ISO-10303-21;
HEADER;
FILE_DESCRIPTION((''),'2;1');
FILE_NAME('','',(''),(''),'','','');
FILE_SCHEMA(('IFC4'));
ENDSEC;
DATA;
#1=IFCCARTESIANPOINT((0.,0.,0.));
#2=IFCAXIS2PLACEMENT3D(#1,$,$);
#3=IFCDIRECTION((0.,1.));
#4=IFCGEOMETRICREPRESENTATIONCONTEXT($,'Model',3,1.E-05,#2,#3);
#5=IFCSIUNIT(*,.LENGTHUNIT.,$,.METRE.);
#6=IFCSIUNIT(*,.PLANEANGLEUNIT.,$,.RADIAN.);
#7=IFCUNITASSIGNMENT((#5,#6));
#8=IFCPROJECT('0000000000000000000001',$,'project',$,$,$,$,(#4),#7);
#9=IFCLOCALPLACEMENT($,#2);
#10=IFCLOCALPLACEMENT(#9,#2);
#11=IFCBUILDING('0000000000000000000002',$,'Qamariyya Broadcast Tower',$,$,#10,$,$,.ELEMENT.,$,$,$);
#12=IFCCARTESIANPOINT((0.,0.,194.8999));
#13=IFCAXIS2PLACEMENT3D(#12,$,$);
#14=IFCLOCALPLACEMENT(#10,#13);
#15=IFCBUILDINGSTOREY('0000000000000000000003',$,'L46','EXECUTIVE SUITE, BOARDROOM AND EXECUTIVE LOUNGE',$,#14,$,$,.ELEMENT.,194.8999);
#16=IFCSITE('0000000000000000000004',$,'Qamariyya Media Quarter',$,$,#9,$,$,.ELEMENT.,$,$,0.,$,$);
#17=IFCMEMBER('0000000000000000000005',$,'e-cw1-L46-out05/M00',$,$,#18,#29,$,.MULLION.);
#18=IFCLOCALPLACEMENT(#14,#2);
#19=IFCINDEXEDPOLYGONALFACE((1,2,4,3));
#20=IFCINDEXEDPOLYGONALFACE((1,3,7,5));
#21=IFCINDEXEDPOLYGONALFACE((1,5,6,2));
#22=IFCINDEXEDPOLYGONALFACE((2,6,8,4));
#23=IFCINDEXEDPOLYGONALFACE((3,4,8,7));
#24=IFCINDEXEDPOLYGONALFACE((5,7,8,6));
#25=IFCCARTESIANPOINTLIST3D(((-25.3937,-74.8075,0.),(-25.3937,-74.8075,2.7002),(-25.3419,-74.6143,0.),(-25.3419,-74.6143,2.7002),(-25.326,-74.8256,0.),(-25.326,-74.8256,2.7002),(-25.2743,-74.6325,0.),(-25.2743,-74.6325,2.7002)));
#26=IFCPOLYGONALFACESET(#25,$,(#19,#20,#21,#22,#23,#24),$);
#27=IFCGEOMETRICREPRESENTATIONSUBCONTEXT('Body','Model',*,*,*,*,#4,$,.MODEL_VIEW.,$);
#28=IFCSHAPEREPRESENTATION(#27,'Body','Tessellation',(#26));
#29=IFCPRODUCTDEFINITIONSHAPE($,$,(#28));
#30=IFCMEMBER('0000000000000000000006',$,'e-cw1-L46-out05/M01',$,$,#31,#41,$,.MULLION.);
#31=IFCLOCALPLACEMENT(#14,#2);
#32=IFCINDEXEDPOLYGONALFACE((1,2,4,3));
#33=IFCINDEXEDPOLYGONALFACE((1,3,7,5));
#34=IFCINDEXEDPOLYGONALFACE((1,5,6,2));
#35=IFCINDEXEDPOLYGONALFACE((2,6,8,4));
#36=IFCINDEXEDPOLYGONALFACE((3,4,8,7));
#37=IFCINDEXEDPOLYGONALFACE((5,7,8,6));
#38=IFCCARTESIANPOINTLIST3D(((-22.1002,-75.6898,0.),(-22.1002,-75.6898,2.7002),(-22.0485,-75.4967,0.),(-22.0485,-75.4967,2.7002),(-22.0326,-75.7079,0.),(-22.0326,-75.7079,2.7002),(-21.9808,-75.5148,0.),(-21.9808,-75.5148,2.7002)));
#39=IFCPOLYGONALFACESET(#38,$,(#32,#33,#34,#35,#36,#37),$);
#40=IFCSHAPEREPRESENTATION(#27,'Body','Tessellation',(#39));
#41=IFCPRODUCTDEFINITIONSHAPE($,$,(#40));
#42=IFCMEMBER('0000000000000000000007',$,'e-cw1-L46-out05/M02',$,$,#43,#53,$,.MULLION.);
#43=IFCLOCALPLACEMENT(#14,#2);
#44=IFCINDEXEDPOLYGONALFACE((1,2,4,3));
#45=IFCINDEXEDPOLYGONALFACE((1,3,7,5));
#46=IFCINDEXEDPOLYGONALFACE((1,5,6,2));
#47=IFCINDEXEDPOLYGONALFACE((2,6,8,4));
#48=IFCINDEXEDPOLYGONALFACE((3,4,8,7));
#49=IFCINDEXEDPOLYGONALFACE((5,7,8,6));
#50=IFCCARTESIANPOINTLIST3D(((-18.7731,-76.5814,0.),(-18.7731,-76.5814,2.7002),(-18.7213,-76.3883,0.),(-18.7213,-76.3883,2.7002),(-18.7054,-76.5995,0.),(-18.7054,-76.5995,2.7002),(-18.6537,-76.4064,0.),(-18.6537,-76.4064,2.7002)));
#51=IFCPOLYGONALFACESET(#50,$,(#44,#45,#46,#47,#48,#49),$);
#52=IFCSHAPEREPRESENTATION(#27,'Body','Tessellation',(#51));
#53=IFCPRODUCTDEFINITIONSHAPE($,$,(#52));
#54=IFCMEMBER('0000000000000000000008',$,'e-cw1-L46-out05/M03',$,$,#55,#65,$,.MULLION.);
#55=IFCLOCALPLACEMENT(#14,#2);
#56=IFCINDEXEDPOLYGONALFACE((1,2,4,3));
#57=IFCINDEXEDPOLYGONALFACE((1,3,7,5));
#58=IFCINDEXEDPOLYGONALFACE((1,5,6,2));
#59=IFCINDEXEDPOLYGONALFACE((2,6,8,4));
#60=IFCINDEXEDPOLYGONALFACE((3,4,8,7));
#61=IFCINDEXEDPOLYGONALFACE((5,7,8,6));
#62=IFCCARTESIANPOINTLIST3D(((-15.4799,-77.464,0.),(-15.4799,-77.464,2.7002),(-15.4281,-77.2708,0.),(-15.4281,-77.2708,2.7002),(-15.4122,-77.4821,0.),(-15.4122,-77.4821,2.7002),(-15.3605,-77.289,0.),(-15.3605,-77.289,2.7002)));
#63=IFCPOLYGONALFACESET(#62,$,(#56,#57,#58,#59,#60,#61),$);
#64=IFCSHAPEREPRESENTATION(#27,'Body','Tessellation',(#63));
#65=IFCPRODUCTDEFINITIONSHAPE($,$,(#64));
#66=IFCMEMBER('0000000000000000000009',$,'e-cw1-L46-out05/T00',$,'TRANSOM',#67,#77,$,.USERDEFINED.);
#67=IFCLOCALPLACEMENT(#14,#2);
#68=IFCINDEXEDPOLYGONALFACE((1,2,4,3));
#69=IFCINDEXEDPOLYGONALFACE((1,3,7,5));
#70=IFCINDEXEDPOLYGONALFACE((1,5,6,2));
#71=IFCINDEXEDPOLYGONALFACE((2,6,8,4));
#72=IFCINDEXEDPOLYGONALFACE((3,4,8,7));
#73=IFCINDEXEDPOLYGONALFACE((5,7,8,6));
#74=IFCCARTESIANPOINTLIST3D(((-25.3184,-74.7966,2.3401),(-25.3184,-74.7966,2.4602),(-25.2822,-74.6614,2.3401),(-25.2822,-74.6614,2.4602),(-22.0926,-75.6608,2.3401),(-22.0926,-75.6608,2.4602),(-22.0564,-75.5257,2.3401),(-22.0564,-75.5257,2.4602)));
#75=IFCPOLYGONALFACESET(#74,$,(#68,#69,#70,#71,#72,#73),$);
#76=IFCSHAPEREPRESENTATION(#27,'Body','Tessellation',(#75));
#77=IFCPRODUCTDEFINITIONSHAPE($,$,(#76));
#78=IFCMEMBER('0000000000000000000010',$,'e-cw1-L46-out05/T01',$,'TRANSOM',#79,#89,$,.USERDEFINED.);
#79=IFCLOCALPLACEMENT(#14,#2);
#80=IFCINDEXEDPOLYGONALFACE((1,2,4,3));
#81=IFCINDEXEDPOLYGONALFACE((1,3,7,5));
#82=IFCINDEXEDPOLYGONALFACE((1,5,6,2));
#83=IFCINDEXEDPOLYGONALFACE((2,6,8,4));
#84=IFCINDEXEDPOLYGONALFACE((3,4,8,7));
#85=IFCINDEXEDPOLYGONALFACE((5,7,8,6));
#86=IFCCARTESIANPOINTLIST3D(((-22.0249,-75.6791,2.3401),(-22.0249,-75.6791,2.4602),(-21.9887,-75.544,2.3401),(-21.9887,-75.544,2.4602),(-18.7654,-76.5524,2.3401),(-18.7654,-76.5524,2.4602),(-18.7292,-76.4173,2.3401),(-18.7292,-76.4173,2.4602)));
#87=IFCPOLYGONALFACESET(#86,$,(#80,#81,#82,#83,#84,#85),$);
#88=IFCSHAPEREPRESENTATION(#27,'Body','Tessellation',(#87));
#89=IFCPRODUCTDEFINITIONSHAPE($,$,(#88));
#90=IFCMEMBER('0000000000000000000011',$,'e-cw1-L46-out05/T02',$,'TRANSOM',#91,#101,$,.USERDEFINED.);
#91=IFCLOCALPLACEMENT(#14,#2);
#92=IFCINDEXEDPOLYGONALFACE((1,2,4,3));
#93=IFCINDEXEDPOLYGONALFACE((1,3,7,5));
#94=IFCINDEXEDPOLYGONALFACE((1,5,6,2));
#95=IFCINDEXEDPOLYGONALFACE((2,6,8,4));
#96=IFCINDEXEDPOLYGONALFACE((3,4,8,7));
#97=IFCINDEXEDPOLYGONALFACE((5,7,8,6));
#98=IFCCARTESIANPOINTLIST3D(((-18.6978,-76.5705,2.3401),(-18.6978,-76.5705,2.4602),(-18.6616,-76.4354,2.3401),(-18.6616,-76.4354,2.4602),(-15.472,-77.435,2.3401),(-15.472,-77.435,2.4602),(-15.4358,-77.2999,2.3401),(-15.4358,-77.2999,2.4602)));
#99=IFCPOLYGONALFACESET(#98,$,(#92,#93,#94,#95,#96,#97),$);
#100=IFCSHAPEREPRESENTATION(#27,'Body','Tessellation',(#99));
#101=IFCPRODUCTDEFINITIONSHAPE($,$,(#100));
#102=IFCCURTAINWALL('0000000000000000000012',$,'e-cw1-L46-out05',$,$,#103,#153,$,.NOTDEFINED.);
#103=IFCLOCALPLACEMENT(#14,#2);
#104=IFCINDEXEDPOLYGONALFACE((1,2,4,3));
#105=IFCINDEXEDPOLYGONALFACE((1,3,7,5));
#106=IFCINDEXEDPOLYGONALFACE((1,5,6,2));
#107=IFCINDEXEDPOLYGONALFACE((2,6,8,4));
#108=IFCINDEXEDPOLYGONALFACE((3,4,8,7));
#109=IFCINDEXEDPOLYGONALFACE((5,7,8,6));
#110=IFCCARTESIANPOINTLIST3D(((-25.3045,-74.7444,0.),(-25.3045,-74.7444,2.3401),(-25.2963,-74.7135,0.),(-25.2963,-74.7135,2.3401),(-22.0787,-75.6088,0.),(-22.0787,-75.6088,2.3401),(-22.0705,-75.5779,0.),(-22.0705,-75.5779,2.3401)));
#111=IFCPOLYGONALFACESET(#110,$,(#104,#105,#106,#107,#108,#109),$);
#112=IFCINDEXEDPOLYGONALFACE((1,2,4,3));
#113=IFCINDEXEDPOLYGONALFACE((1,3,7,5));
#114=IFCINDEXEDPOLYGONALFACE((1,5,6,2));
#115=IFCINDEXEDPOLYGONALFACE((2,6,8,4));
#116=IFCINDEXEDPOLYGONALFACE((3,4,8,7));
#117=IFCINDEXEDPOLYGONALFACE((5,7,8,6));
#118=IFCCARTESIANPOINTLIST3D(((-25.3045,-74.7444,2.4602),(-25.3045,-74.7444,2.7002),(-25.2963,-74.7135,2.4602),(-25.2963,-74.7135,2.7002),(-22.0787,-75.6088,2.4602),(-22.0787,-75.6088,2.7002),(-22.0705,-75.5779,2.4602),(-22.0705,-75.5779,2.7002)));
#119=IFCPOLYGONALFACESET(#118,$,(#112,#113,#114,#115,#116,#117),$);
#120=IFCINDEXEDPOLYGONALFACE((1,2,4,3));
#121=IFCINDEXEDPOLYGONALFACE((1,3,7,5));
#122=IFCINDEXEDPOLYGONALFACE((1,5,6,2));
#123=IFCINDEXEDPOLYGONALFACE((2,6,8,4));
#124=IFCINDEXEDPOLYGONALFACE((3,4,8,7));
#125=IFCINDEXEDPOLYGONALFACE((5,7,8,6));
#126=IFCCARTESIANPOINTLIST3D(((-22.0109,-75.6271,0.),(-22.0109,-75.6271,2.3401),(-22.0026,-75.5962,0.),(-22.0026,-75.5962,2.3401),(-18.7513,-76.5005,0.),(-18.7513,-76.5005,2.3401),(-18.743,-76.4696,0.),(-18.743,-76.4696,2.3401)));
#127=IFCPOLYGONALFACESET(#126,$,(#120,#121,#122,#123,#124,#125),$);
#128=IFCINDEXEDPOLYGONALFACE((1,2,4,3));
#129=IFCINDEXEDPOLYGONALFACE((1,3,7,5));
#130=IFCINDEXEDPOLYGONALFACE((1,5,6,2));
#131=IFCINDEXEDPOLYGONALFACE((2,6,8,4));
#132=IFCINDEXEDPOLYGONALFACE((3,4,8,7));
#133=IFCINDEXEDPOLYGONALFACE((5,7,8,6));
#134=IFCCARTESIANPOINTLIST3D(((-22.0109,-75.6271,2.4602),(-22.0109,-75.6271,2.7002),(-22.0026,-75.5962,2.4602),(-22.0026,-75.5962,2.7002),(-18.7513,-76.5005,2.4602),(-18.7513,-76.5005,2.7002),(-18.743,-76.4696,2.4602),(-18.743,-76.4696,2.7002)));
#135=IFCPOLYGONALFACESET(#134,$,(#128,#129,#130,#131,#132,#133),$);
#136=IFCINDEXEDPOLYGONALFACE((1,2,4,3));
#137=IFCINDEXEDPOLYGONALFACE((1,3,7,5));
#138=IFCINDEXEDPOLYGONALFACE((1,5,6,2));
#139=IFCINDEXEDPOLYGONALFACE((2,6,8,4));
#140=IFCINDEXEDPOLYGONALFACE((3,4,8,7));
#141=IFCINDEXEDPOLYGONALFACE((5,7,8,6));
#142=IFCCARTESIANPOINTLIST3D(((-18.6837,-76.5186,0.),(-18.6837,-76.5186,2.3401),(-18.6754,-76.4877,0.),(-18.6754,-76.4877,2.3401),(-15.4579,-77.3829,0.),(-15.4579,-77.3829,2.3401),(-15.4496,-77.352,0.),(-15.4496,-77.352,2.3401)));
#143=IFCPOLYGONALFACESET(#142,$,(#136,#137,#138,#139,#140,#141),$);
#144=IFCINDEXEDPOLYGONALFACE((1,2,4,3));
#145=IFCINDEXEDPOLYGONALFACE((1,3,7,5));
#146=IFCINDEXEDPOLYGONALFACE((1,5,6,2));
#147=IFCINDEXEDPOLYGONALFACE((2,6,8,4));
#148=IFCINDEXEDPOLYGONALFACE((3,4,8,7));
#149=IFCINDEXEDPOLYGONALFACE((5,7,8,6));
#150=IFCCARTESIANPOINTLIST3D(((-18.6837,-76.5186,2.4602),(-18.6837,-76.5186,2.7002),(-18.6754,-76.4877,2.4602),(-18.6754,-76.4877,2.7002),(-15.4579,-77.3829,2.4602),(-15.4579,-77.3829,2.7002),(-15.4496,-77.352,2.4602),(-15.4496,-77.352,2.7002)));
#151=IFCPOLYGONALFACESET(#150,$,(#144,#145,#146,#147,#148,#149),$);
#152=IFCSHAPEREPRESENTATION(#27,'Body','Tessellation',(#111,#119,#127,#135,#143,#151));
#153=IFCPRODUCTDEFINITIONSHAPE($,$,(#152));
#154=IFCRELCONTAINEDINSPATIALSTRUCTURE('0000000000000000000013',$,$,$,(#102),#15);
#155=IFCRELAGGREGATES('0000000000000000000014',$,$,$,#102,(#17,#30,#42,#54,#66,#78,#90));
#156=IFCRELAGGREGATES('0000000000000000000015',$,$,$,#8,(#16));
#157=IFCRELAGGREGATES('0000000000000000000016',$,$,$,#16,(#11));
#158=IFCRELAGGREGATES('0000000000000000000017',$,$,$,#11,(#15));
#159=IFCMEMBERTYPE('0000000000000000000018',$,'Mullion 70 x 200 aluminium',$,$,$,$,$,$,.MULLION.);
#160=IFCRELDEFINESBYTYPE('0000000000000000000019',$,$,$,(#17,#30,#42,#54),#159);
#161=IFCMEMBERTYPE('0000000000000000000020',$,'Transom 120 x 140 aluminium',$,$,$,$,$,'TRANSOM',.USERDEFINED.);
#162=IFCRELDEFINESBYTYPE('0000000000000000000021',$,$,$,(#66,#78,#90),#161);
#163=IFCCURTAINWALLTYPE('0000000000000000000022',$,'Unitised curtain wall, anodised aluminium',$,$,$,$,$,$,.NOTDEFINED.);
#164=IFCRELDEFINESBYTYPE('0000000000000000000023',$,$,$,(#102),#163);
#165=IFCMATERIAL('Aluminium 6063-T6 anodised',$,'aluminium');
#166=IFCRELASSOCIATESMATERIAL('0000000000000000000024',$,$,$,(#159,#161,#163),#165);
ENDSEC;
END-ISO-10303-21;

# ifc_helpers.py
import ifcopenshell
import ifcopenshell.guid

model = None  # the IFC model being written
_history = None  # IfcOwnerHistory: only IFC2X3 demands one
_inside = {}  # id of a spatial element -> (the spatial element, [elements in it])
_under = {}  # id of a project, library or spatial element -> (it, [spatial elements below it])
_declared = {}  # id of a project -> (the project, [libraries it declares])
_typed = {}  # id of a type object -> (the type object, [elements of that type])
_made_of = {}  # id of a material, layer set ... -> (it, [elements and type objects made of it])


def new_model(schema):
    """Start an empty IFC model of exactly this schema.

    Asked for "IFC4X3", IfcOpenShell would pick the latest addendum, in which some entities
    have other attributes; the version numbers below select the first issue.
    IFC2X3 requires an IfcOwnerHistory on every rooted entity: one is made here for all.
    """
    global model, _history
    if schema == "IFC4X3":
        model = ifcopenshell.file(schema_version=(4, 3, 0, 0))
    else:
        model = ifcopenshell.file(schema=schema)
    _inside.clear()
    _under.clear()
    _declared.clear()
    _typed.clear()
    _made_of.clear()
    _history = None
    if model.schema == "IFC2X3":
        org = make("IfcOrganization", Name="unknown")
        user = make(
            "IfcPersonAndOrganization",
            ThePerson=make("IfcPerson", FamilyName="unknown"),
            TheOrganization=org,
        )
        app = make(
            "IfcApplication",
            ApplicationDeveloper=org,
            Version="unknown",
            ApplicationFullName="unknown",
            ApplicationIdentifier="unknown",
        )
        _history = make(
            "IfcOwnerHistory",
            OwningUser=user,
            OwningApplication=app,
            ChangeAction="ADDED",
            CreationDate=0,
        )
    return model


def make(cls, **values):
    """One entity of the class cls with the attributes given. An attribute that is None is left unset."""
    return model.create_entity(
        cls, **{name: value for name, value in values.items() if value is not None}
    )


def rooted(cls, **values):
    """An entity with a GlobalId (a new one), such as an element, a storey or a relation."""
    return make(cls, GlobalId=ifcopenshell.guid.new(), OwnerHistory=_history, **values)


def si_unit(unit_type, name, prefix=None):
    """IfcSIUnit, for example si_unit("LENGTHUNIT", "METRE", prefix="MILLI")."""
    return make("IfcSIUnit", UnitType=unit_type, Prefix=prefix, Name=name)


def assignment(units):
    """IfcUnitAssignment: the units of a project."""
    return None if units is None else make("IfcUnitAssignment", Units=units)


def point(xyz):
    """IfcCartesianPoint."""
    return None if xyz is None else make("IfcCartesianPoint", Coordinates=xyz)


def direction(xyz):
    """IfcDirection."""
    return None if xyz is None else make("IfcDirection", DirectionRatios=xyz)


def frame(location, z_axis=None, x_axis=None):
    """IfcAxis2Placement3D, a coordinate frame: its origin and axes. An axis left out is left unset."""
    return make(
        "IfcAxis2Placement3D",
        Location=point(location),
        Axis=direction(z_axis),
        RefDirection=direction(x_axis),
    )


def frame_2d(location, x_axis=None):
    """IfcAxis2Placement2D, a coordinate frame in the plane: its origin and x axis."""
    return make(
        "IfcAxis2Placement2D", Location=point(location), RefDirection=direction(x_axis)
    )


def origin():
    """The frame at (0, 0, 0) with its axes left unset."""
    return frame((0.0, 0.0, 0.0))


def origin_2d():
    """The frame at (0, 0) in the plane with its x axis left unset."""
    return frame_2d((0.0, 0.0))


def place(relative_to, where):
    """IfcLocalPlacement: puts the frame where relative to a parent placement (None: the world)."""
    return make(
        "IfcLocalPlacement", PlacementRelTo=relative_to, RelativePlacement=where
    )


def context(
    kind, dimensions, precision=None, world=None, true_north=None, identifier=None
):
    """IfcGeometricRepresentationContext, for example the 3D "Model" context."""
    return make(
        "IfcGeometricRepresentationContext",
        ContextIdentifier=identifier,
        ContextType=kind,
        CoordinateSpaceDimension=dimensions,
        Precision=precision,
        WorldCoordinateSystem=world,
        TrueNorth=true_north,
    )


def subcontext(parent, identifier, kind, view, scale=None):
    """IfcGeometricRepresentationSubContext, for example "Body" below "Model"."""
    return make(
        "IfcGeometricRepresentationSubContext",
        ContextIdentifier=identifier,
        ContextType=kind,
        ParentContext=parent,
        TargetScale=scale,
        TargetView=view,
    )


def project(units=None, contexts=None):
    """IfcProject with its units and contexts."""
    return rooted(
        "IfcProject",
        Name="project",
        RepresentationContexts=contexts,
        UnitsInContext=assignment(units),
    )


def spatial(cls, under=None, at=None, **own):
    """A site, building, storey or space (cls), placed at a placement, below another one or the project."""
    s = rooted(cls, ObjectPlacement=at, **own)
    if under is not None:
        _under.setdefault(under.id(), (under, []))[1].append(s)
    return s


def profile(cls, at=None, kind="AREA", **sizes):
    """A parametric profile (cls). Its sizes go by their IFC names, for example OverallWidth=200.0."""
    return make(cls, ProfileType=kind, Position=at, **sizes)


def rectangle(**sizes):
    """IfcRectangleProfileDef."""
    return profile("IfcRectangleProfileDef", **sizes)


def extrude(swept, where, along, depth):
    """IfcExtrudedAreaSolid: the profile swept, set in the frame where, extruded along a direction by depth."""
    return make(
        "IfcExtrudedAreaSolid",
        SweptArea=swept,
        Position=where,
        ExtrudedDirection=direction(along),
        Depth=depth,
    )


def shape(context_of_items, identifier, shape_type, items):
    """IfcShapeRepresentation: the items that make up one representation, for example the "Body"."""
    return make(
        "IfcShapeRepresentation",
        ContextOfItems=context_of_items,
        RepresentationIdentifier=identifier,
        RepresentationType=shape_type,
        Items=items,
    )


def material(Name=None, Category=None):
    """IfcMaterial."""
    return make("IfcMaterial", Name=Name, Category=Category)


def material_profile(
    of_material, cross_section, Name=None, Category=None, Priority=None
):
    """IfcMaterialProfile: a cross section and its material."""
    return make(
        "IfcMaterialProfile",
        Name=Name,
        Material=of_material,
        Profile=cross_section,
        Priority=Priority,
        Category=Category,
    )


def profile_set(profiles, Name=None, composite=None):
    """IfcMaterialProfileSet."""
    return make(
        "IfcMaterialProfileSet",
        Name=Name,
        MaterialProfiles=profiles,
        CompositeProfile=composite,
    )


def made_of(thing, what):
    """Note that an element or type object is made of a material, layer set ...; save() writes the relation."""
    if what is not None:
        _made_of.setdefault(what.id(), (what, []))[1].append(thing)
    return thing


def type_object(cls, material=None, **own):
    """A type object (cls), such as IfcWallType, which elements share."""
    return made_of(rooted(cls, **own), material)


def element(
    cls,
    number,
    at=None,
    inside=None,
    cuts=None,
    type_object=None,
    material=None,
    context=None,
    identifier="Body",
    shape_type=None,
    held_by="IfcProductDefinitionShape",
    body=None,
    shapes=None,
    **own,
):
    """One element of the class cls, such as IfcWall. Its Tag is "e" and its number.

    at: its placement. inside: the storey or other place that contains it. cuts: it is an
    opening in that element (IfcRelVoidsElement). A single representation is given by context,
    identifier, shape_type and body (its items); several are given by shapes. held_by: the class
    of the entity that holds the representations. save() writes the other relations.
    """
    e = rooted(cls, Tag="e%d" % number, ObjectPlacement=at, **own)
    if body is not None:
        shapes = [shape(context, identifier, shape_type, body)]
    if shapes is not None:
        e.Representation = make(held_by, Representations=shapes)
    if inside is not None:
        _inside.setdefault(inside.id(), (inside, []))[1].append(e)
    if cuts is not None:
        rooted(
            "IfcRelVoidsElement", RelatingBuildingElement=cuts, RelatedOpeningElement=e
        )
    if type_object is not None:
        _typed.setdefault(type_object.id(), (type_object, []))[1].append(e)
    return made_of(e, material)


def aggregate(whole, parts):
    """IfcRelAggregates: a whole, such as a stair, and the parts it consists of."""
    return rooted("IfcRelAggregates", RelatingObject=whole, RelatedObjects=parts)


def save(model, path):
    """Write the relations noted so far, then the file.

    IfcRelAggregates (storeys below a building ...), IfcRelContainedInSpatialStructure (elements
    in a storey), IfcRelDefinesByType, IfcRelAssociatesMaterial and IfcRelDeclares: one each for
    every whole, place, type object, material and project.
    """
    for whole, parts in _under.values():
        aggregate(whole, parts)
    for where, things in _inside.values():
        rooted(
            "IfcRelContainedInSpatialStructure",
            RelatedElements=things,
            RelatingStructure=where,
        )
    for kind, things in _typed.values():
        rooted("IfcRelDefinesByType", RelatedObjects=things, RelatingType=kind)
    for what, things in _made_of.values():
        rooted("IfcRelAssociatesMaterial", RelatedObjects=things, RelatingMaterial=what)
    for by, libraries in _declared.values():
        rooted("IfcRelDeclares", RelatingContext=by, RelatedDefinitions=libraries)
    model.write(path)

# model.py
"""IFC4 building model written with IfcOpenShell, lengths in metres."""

from ifc_helpers import new_model, si_unit, direction, frame, origin, origin_2d, place, context, subcontext, project, spatial, rectangle, extrude, material, material_profile, profile_set, type_object, element, aggregate, save


model = new_model("IFC4")

# Units and contexts
model_context = context("Model", 3, precision=1e-05, world=origin(), true_north=direction((0.0, 1.0)))
body_context = subcontext(model_context, "Body", "Model", "MODEL_VIEW")
ifc_project = project(units=[si_unit("LENGTHUNIT", "METRE"), si_unit("PLANEANGLEUNIT", "RADIAN")], contexts=[model_context])

# Members
ifc_material = material(Name="Aluminium 6063-T6 anodised", Category="aluminium")
ifc_material_profile_1 = material_profile(ifc_material, rectangle(XDim=0.2, YDim=0.0701, at=origin_2d()))
ifc_profile_set_1 = profile_set([ifc_material_profile_1], Name="Aluminium 6063-T6 anodised")
member_type_1 = type_object("IfcMemberType", Name="Mullion 70 x 200 aluminium", PredefinedType="MULLION", material=ifc_profile_set_1)
site_placement = place(None, origin())
building_placement = place(site_placement, origin())
storey_placement = place(building_placement, frame((0.0, 0.0, 194.8999)))
member_1_placement = place(storey_placement, frame((-25.334, -74.72, 0.0), z_axis=(0.0, 0.0, 1.0), x_axis=(0.258819, 0.965926, 0.0)))
member_1 = element("IfcMember", 1, at=member_1_placement, type_object=member_type_1, Name="e-cw1-L46-out05/M00", PredefinedType="MULLION", context=body_context, shape_type="SweptSolid", body=[
    extrude(rectangle(XDim=0.2, YDim=0.0701, at=origin_2d()), origin(), (0.0, 0.0, 1.0), 2.7002),
])
member_2_placement = place(storey_placement, frame((-22.0405, -75.6023, 0.0), z_axis=(0.0, 0.0, 1.0), x_axis=(0.258819, 0.965926, 0.0)))
member_2 = element("IfcMember", 2, at=member_2_placement, type_object=member_type_1, Name="e-cw1-L46-out05/M01", PredefinedType="MULLION", context=body_context, shape_type="SweptSolid", body=[
    extrude(rectangle(XDim=0.2, YDim=0.0701, at=origin_2d()), origin(), (0.0, 0.0, 1.0), 2.7002),
])
member_3_placement = place(storey_placement, frame((-18.7134, -76.4939, 0.0), z_axis=(0.0, 0.0, 1.0), x_axis=(0.258819, 0.965926, 0.0)))
member_3 = element("IfcMember", 3, at=member_3_placement, type_object=member_type_1, Name="e-cw1-L46-out05/M02", PredefinedType="MULLION", context=body_context, shape_type="SweptSolid", body=[
    extrude(rectangle(XDim=0.2, YDim=0.0701, at=origin_2d()), origin(), (0.0, 0.0, 1.0), 2.7002),
])
member_4_placement = place(storey_placement, frame((-15.4202, -77.3765, 0.0), z_axis=(0.0, 0.0, 1.0), x_axis=(0.258819, 0.965926, 0.0)))
member_4 = element("IfcMember", 4, at=member_4_placement, type_object=member_type_1, Name="e-cw1-L46-out05/M03", PredefinedType="MULLION", context=body_context, shape_type="SweptSolid", body=[
    extrude(rectangle(XDim=0.2, YDim=0.0701, at=origin_2d()), origin(), (0.0, 0.0, 1.0), 2.7002),
])
ifc_material_profile_2 = material_profile(ifc_material, rectangle(XDim=0.1399, YDim=0.1201, at=origin_2d()))
ifc_profile_set_2 = profile_set([ifc_material_profile_2], Name="Aluminium 6063-T6 anodised")
member_type_2 = type_object("IfcMemberType", Name="Transom 120 x 140 aluminium", ElementType="TRANSOM", PredefinedType="USERDEFINED", material=ifc_profile_set_2)
member_5_placement = place(storey_placement, frame((-25.3003, -74.729, 2.4001), z_axis=(0.965933, -0.258791, 0.0), x_axis=(0.258791, 0.965933, 0.0)))
member_5 = element("IfcMember", 5, at=member_5_placement, type_object=member_type_2, Name="e-cw1-L46-out05/T00", ObjectType="TRANSOM", PredefinedType="USERDEFINED", context=body_context, shape_type="SweptSolid", body=[
    extrude(rectangle(XDim=0.1399, YDim=0.1201, at=origin_2d()), origin(), (0.0, 0.0, 1.0), 3.3396),
])
member_6_placement = place(storey_placement, frame((-22.0068, -75.6116, 2.4001), z_axis=(0.965933, -0.258793, 0.0), x_axis=(0.258793, 0.965933, 0.0)))
member_6 = element("IfcMember", 6, at=member_6_placement, type_object=member_type_2, Name="e-cw1-L46-out05/T01", ObjectType="TRANSOM", PredefinedType="USERDEFINED", context=body_context, shape_type="SweptSolid", body=[
    extrude(rectangle(XDim=0.1399, YDim=0.1201, at=origin_2d()), origin(), (0.0, 0.0, 1.0), 3.3745),
])
member_7_placement = place(storey_placement, frame((-18.6797, -76.5029, 2.4001), z_axis=(0.965915, -0.258859, 0.0), x_axis=(0.258859, 0.965915, 0.0)))
member_7 = element("IfcMember", 7, at=member_7_placement, type_object=member_type_2, Name="e-cw1-L46-out05/T02", ObjectType="TRANSOM", PredefinedType="USERDEFINED", context=body_context, shape_type="SweptSolid", body=[
    extrude(rectangle(XDim=0.1399, YDim=0.1201, at=origin_2d()), origin(), (0.0, 0.0, 1.0), 3.3396),
])

# Site, building, storey
site = spatial("IfcSite", under=ifc_project, at=site_placement, Name="Qamariyya Media Quarter", CompositionType="ELEMENT", RefElevation=0.0)
building = spatial("IfcBuilding", under=site, at=building_placement, Name="Qamariyya Broadcast Tower", CompositionType="ELEMENT")
storey = spatial("IfcBuildingStorey", under=building, at=storey_placement, Name="L46", Description="EXECUTIVE SUITE, BOARDROOM AND EXECUTIVE LOUNGE", CompositionType="ELEMENT", Elevation=194.8999)

# Curtain wall
curtain_wall_type = type_object("IfcCurtainWallType", Name="Unitised curtain wall, anodised aluminium", PredefinedType="NOTDEFINED", material=ifc_material)
curtain_wall_1_placement = place(storey_placement, origin())
curtain_wall_1 = element("IfcCurtainWall", 8, at=curtain_wall_1_placement, inside=storey, type_object=curtain_wall_type, Name="e-cw1-L46-out05", PredefinedType="NOTDEFINED", context=body_context, shape_type="SweptSolid", body=[
    extrude(rectangle(XDim=3.3396, YDim=0.032, at=origin_2d()), frame((-23.6875, -75.1611, 0.0), x_axis=(0.965926, -0.258817, 0.0)), (0.0, 0.0, 1.0), 2.3401),
    extrude(rectangle(XDim=3.3396, YDim=0.032, at=origin_2d()), frame((-23.6875, -75.1611, 2.4602), x_axis=(0.965926, -0.258817, 0.0)), (0.0, 0.0, 1.0), 0.24),
    extrude(rectangle(XDim=3.3745, YDim=0.032, at=origin_2d()), frame((-20.377, -76.0483, 0.0), x_axis=(0.965926, -0.258817, 0.0)), (0.0, 0.0, 1.0), 2.3401),
    extrude(rectangle(XDim=3.3745, YDim=0.032, at=origin_2d()), frame((-20.377, -76.0483, 2.4602), x_axis=(0.965926, -0.258817, 0.0)), (0.0, 0.0, 1.0), 0.24),
    extrude(rectangle(XDim=3.3396, YDim=0.032, at=origin_2d()), frame((-17.0667, -76.9353, 0.0), x_axis=(0.965926, -0.258817, 0.0)), (0.0, 0.0, 1.0), 2.3401),
    extrude(rectangle(XDim=3.3396, YDim=0.032, at=origin_2d()), frame((-17.0667, -76.9353, 2.4602), x_axis=(0.965926, -0.258817, 0.0)), (0.0, 0.0, 1.0), 0.24),
])
aggregate(curtain_wall_1, [member_1, member_2, member_3, member_4, member_5, member_6, member_7])

save(model, "model.ifc")
